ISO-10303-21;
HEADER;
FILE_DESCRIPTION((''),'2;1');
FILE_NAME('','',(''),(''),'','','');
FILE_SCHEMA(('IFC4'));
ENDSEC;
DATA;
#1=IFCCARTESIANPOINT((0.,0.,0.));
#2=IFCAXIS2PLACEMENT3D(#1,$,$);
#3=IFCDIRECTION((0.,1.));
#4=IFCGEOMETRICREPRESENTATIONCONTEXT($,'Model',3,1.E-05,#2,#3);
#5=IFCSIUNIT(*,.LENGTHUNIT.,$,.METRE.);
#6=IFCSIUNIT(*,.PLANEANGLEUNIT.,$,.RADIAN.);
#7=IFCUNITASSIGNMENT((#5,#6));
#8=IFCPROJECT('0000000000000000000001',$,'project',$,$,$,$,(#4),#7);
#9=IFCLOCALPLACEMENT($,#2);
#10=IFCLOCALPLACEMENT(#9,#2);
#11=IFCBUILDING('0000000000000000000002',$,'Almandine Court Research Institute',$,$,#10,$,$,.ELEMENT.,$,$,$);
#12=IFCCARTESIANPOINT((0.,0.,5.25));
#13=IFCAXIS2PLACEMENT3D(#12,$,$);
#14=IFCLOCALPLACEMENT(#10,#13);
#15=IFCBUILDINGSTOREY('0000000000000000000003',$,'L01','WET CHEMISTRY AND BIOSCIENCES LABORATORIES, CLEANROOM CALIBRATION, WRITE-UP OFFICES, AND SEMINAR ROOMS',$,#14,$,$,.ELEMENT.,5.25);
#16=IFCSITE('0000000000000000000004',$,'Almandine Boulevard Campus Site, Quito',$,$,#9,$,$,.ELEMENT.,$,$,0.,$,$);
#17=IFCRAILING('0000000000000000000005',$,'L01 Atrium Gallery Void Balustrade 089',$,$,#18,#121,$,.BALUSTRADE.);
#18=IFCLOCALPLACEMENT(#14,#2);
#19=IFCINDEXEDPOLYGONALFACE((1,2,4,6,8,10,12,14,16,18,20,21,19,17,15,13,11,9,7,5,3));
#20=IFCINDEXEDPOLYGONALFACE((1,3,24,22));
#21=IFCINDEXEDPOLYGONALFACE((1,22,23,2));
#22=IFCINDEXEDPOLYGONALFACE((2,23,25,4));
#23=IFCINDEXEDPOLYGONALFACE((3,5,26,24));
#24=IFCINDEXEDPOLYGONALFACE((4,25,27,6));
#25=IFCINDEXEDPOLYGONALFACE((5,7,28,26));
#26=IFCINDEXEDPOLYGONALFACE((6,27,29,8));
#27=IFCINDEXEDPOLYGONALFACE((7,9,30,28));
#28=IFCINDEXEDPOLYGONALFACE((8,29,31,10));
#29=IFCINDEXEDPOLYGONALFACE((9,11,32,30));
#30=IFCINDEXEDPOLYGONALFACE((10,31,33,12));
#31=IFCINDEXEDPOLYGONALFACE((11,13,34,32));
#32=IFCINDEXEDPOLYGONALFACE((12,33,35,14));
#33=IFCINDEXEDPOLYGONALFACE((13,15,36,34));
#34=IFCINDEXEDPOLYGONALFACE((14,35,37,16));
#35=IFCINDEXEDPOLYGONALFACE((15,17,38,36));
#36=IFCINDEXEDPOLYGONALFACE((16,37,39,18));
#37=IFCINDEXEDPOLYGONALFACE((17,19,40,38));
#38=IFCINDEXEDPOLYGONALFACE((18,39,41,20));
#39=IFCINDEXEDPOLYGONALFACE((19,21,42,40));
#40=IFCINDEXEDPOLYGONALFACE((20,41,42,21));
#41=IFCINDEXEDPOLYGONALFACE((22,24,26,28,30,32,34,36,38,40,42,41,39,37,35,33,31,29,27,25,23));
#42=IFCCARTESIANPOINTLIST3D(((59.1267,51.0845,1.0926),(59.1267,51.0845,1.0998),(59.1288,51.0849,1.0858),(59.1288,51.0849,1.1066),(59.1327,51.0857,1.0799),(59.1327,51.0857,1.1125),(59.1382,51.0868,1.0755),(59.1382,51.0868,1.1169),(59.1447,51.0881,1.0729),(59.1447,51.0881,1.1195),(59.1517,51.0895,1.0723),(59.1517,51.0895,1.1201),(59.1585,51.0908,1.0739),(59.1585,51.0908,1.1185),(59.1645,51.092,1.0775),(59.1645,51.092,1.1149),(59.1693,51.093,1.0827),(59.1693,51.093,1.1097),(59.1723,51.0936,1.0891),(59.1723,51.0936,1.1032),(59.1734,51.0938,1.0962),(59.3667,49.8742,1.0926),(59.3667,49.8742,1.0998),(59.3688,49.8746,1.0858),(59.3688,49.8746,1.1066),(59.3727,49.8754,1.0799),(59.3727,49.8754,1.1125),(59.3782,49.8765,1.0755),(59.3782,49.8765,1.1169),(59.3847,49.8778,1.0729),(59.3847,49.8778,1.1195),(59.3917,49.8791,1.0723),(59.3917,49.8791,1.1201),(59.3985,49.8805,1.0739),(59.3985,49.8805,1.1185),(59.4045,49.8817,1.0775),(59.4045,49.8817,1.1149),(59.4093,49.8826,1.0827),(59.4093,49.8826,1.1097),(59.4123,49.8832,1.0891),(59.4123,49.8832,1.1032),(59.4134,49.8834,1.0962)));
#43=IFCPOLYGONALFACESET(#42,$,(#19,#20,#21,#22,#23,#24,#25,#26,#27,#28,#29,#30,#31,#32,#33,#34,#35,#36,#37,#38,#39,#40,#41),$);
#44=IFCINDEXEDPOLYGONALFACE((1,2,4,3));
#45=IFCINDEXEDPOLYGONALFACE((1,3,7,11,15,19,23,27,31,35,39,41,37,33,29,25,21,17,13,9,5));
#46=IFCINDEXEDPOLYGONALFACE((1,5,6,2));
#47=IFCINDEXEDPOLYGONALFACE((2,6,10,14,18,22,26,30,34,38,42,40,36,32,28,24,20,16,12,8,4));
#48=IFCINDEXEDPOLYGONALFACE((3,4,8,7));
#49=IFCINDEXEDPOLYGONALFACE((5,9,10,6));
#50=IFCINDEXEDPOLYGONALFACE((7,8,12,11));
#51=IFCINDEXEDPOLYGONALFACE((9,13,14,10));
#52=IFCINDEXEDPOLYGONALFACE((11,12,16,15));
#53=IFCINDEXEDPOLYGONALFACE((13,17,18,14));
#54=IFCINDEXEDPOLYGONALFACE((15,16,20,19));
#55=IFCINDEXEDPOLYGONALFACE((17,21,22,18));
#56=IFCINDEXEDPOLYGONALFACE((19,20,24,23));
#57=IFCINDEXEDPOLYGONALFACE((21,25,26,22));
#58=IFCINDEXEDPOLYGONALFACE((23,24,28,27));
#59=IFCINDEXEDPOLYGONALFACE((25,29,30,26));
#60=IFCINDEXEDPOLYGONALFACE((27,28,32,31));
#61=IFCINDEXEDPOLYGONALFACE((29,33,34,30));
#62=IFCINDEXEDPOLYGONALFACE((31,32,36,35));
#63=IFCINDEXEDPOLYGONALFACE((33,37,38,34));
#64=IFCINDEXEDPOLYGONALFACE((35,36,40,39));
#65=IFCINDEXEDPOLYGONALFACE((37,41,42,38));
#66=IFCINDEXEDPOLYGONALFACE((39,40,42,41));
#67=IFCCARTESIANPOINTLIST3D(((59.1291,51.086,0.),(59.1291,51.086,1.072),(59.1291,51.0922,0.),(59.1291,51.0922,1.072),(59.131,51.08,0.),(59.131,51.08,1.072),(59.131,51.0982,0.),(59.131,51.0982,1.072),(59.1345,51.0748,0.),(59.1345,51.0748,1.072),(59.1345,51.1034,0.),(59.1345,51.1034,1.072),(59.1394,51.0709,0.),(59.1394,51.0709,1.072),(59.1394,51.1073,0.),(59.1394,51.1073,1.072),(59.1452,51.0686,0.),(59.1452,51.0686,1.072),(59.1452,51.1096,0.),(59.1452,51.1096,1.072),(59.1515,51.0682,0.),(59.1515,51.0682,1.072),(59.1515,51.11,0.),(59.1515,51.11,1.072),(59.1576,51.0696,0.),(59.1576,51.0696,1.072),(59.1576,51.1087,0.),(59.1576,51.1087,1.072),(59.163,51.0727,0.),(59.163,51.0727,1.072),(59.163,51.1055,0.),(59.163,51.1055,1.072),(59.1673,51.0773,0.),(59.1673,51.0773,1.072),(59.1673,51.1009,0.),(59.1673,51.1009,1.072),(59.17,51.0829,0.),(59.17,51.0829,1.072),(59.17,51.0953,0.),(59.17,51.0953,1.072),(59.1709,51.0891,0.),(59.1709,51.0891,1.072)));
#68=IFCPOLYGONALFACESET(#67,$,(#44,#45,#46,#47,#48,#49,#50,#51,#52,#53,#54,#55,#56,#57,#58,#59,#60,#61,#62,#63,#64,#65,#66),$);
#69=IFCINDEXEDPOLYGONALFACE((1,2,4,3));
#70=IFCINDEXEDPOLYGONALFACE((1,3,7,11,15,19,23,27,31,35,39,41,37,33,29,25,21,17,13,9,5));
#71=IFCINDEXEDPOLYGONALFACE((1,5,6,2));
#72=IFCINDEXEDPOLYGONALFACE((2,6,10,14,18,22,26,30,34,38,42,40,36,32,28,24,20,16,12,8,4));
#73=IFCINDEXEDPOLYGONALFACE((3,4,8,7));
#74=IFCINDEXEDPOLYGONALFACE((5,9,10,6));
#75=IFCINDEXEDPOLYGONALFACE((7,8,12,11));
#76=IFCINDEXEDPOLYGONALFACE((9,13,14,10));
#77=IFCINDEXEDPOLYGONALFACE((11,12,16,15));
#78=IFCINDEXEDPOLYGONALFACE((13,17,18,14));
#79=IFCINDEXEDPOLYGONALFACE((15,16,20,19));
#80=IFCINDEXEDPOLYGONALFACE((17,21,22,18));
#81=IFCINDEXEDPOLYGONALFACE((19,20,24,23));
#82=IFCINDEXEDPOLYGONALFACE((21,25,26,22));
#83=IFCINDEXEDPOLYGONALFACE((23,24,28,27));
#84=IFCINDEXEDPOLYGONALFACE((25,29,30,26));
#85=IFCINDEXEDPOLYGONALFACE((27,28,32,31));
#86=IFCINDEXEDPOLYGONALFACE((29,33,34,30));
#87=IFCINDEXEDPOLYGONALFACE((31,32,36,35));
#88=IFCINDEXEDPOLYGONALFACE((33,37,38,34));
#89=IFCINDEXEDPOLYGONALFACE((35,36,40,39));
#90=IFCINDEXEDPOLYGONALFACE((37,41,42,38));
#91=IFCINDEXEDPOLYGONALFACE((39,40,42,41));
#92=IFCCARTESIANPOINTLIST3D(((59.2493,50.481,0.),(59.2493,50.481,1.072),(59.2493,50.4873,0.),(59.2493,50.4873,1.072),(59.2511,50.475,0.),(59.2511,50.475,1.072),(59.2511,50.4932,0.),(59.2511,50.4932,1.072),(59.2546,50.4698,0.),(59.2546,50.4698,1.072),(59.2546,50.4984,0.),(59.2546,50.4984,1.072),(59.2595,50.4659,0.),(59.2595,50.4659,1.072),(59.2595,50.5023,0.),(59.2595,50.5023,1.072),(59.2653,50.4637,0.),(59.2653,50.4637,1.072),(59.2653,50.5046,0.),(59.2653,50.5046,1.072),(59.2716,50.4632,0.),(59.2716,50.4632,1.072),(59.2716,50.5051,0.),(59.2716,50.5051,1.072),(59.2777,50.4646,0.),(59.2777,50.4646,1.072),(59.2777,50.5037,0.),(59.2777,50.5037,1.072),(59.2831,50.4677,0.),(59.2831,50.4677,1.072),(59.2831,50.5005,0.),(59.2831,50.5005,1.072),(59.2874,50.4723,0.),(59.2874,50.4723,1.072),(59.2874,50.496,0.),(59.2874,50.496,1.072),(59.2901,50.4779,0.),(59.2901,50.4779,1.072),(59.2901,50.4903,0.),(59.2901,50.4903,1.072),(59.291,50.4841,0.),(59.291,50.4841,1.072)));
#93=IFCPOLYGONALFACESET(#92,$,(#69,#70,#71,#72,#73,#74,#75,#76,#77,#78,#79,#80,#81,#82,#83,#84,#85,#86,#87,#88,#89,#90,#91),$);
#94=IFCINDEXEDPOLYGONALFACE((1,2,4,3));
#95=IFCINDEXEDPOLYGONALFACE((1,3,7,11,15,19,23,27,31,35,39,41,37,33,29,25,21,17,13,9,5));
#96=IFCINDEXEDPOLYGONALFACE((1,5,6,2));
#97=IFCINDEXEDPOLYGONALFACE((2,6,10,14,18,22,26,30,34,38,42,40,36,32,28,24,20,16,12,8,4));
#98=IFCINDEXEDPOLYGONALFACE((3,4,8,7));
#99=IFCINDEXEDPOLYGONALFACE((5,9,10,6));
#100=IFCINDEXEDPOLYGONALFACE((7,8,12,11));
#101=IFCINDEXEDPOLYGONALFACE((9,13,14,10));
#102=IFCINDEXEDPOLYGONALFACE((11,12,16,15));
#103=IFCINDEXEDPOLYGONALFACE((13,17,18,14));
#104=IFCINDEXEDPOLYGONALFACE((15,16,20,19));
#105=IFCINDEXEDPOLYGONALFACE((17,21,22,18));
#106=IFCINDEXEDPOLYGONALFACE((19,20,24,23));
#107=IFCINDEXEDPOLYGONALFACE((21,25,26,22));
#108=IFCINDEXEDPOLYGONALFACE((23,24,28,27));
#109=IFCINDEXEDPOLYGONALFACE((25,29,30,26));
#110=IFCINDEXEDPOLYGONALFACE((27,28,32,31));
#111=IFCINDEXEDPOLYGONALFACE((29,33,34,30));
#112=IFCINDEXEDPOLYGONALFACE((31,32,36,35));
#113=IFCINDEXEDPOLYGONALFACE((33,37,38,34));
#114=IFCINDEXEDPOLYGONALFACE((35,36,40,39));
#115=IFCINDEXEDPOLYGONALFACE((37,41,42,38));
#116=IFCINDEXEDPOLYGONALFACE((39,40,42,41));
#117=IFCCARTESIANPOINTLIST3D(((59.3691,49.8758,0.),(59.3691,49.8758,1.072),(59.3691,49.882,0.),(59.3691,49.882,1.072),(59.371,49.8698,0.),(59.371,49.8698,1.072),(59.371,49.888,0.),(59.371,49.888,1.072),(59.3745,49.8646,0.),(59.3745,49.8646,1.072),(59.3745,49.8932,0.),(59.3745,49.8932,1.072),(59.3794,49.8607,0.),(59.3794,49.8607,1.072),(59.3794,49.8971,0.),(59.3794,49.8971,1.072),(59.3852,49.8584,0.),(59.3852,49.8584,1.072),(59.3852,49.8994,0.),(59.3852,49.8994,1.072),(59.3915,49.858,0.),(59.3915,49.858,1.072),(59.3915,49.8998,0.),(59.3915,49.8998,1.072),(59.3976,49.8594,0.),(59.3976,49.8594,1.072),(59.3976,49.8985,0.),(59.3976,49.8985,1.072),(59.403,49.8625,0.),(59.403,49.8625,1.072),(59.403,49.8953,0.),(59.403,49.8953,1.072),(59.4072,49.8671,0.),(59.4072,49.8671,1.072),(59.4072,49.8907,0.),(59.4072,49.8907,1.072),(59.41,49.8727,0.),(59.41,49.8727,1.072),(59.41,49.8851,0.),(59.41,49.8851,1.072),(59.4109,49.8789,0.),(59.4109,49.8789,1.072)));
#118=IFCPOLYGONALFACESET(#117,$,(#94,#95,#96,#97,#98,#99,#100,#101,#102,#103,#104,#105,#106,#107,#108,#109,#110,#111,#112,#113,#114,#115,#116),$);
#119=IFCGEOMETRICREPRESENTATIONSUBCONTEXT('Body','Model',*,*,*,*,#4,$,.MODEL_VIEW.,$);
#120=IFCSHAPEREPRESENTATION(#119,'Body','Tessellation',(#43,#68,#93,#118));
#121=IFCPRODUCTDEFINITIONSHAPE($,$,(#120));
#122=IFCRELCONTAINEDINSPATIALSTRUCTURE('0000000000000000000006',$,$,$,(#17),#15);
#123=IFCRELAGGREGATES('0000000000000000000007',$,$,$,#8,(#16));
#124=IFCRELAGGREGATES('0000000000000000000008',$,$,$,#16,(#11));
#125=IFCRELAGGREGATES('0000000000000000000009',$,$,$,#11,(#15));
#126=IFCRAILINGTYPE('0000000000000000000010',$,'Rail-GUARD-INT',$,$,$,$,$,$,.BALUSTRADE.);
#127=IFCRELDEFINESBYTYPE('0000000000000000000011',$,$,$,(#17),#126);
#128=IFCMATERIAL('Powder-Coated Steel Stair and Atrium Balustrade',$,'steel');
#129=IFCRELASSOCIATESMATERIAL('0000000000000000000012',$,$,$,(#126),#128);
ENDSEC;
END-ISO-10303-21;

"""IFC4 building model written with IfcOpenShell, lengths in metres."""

from ifc_helpers import new_model, si_unit, direction, frame, origin, origin_2d, place, context, subcontext, project, spatial, circle, extrude, material, type_object, element, save


model = new_model("IFC4")

# Units and contexts
model_context = context("Model", 3, precision=1e-05, world=origin(), true_north=direction((0.0, 1.0)))
body_context = subcontext(model_context, "Body", "Model", "MODEL_VIEW")
ifc_project = project(units=[si_unit("LENGTHUNIT", "METRE"), si_unit("PLANEANGLEUNIT", "RADIAN")], contexts=[model_context])

# Site, building, storey
site_placement = place(None, origin())
site = spatial("IfcSite", under=ifc_project, at=site_placement, Name="Almandine Boulevard Campus Site, Quito", CompositionType="ELEMENT", RefElevation=0.0)
building_placement = place(site_placement, origin())
building = spatial("IfcBuilding", under=site, at=building_placement, Name="Almandine Court Research Institute", CompositionType="ELEMENT")
storey_placement = place(building_placement, frame((0.0, 0.0, 5.25)))
storey = spatial("IfcBuildingStorey", under=building, at=storey_placement, Name="L01", Description="WET CHEMISTRY AND BIOSCIENCES LABORATORIES, CLEANROOM CALIBRATION, WRITE-UP OFFICES, AND SEMINAR ROOMS", CompositionType="ELEMENT", Elevation=5.25)

# Railing
ifc_material_1 = material(Name="Powder-Coated Steel Stair and Atrium Balustrade", Category="steel")
railing_type = type_object("IfcRailingType", Name="Rail-GUARD-INT", PredefinedType="BALUSTRADE", material=ifc_material_1)
railing_1_placement = place(storey_placement, frame((59.1499, 51.0891, 0.0)))
element("IfcRailing", 1, at=railing_1_placement, inside=storey, type_object=railing_type, Name="L01 Atrium Gallery Void Balustrade 089", PredefinedType="BALUSTRADE", context=body_context, shape_type="SweptSolid", body=[
    extrude(circle(Radius=0.0239, at=origin_2d()), frame((0.0, 0.0, 1.0962), z_axis=(0.194518, -0.980899, 0.0), x_axis=(0.980899, 0.194518, 0.0)), (0.0, 0.0, 1.0), 1.2339),
    extrude(circle(Radius=0.021, at=origin_2d()), origin(), (0.0, 0.0, 1.0), 1.072),
    extrude(circle(Radius=0.021, at=origin_2d()), frame((0.1201, -0.605, 0.0)), (0.0, 0.0, 1.0), 1.072),
    extrude(circle(Radius=0.021, at=origin_2d()), frame((0.24, -1.2102, 0.0)), (0.0, 0.0, 1.0), 1.072),
])

save(model, "model.ifc")
